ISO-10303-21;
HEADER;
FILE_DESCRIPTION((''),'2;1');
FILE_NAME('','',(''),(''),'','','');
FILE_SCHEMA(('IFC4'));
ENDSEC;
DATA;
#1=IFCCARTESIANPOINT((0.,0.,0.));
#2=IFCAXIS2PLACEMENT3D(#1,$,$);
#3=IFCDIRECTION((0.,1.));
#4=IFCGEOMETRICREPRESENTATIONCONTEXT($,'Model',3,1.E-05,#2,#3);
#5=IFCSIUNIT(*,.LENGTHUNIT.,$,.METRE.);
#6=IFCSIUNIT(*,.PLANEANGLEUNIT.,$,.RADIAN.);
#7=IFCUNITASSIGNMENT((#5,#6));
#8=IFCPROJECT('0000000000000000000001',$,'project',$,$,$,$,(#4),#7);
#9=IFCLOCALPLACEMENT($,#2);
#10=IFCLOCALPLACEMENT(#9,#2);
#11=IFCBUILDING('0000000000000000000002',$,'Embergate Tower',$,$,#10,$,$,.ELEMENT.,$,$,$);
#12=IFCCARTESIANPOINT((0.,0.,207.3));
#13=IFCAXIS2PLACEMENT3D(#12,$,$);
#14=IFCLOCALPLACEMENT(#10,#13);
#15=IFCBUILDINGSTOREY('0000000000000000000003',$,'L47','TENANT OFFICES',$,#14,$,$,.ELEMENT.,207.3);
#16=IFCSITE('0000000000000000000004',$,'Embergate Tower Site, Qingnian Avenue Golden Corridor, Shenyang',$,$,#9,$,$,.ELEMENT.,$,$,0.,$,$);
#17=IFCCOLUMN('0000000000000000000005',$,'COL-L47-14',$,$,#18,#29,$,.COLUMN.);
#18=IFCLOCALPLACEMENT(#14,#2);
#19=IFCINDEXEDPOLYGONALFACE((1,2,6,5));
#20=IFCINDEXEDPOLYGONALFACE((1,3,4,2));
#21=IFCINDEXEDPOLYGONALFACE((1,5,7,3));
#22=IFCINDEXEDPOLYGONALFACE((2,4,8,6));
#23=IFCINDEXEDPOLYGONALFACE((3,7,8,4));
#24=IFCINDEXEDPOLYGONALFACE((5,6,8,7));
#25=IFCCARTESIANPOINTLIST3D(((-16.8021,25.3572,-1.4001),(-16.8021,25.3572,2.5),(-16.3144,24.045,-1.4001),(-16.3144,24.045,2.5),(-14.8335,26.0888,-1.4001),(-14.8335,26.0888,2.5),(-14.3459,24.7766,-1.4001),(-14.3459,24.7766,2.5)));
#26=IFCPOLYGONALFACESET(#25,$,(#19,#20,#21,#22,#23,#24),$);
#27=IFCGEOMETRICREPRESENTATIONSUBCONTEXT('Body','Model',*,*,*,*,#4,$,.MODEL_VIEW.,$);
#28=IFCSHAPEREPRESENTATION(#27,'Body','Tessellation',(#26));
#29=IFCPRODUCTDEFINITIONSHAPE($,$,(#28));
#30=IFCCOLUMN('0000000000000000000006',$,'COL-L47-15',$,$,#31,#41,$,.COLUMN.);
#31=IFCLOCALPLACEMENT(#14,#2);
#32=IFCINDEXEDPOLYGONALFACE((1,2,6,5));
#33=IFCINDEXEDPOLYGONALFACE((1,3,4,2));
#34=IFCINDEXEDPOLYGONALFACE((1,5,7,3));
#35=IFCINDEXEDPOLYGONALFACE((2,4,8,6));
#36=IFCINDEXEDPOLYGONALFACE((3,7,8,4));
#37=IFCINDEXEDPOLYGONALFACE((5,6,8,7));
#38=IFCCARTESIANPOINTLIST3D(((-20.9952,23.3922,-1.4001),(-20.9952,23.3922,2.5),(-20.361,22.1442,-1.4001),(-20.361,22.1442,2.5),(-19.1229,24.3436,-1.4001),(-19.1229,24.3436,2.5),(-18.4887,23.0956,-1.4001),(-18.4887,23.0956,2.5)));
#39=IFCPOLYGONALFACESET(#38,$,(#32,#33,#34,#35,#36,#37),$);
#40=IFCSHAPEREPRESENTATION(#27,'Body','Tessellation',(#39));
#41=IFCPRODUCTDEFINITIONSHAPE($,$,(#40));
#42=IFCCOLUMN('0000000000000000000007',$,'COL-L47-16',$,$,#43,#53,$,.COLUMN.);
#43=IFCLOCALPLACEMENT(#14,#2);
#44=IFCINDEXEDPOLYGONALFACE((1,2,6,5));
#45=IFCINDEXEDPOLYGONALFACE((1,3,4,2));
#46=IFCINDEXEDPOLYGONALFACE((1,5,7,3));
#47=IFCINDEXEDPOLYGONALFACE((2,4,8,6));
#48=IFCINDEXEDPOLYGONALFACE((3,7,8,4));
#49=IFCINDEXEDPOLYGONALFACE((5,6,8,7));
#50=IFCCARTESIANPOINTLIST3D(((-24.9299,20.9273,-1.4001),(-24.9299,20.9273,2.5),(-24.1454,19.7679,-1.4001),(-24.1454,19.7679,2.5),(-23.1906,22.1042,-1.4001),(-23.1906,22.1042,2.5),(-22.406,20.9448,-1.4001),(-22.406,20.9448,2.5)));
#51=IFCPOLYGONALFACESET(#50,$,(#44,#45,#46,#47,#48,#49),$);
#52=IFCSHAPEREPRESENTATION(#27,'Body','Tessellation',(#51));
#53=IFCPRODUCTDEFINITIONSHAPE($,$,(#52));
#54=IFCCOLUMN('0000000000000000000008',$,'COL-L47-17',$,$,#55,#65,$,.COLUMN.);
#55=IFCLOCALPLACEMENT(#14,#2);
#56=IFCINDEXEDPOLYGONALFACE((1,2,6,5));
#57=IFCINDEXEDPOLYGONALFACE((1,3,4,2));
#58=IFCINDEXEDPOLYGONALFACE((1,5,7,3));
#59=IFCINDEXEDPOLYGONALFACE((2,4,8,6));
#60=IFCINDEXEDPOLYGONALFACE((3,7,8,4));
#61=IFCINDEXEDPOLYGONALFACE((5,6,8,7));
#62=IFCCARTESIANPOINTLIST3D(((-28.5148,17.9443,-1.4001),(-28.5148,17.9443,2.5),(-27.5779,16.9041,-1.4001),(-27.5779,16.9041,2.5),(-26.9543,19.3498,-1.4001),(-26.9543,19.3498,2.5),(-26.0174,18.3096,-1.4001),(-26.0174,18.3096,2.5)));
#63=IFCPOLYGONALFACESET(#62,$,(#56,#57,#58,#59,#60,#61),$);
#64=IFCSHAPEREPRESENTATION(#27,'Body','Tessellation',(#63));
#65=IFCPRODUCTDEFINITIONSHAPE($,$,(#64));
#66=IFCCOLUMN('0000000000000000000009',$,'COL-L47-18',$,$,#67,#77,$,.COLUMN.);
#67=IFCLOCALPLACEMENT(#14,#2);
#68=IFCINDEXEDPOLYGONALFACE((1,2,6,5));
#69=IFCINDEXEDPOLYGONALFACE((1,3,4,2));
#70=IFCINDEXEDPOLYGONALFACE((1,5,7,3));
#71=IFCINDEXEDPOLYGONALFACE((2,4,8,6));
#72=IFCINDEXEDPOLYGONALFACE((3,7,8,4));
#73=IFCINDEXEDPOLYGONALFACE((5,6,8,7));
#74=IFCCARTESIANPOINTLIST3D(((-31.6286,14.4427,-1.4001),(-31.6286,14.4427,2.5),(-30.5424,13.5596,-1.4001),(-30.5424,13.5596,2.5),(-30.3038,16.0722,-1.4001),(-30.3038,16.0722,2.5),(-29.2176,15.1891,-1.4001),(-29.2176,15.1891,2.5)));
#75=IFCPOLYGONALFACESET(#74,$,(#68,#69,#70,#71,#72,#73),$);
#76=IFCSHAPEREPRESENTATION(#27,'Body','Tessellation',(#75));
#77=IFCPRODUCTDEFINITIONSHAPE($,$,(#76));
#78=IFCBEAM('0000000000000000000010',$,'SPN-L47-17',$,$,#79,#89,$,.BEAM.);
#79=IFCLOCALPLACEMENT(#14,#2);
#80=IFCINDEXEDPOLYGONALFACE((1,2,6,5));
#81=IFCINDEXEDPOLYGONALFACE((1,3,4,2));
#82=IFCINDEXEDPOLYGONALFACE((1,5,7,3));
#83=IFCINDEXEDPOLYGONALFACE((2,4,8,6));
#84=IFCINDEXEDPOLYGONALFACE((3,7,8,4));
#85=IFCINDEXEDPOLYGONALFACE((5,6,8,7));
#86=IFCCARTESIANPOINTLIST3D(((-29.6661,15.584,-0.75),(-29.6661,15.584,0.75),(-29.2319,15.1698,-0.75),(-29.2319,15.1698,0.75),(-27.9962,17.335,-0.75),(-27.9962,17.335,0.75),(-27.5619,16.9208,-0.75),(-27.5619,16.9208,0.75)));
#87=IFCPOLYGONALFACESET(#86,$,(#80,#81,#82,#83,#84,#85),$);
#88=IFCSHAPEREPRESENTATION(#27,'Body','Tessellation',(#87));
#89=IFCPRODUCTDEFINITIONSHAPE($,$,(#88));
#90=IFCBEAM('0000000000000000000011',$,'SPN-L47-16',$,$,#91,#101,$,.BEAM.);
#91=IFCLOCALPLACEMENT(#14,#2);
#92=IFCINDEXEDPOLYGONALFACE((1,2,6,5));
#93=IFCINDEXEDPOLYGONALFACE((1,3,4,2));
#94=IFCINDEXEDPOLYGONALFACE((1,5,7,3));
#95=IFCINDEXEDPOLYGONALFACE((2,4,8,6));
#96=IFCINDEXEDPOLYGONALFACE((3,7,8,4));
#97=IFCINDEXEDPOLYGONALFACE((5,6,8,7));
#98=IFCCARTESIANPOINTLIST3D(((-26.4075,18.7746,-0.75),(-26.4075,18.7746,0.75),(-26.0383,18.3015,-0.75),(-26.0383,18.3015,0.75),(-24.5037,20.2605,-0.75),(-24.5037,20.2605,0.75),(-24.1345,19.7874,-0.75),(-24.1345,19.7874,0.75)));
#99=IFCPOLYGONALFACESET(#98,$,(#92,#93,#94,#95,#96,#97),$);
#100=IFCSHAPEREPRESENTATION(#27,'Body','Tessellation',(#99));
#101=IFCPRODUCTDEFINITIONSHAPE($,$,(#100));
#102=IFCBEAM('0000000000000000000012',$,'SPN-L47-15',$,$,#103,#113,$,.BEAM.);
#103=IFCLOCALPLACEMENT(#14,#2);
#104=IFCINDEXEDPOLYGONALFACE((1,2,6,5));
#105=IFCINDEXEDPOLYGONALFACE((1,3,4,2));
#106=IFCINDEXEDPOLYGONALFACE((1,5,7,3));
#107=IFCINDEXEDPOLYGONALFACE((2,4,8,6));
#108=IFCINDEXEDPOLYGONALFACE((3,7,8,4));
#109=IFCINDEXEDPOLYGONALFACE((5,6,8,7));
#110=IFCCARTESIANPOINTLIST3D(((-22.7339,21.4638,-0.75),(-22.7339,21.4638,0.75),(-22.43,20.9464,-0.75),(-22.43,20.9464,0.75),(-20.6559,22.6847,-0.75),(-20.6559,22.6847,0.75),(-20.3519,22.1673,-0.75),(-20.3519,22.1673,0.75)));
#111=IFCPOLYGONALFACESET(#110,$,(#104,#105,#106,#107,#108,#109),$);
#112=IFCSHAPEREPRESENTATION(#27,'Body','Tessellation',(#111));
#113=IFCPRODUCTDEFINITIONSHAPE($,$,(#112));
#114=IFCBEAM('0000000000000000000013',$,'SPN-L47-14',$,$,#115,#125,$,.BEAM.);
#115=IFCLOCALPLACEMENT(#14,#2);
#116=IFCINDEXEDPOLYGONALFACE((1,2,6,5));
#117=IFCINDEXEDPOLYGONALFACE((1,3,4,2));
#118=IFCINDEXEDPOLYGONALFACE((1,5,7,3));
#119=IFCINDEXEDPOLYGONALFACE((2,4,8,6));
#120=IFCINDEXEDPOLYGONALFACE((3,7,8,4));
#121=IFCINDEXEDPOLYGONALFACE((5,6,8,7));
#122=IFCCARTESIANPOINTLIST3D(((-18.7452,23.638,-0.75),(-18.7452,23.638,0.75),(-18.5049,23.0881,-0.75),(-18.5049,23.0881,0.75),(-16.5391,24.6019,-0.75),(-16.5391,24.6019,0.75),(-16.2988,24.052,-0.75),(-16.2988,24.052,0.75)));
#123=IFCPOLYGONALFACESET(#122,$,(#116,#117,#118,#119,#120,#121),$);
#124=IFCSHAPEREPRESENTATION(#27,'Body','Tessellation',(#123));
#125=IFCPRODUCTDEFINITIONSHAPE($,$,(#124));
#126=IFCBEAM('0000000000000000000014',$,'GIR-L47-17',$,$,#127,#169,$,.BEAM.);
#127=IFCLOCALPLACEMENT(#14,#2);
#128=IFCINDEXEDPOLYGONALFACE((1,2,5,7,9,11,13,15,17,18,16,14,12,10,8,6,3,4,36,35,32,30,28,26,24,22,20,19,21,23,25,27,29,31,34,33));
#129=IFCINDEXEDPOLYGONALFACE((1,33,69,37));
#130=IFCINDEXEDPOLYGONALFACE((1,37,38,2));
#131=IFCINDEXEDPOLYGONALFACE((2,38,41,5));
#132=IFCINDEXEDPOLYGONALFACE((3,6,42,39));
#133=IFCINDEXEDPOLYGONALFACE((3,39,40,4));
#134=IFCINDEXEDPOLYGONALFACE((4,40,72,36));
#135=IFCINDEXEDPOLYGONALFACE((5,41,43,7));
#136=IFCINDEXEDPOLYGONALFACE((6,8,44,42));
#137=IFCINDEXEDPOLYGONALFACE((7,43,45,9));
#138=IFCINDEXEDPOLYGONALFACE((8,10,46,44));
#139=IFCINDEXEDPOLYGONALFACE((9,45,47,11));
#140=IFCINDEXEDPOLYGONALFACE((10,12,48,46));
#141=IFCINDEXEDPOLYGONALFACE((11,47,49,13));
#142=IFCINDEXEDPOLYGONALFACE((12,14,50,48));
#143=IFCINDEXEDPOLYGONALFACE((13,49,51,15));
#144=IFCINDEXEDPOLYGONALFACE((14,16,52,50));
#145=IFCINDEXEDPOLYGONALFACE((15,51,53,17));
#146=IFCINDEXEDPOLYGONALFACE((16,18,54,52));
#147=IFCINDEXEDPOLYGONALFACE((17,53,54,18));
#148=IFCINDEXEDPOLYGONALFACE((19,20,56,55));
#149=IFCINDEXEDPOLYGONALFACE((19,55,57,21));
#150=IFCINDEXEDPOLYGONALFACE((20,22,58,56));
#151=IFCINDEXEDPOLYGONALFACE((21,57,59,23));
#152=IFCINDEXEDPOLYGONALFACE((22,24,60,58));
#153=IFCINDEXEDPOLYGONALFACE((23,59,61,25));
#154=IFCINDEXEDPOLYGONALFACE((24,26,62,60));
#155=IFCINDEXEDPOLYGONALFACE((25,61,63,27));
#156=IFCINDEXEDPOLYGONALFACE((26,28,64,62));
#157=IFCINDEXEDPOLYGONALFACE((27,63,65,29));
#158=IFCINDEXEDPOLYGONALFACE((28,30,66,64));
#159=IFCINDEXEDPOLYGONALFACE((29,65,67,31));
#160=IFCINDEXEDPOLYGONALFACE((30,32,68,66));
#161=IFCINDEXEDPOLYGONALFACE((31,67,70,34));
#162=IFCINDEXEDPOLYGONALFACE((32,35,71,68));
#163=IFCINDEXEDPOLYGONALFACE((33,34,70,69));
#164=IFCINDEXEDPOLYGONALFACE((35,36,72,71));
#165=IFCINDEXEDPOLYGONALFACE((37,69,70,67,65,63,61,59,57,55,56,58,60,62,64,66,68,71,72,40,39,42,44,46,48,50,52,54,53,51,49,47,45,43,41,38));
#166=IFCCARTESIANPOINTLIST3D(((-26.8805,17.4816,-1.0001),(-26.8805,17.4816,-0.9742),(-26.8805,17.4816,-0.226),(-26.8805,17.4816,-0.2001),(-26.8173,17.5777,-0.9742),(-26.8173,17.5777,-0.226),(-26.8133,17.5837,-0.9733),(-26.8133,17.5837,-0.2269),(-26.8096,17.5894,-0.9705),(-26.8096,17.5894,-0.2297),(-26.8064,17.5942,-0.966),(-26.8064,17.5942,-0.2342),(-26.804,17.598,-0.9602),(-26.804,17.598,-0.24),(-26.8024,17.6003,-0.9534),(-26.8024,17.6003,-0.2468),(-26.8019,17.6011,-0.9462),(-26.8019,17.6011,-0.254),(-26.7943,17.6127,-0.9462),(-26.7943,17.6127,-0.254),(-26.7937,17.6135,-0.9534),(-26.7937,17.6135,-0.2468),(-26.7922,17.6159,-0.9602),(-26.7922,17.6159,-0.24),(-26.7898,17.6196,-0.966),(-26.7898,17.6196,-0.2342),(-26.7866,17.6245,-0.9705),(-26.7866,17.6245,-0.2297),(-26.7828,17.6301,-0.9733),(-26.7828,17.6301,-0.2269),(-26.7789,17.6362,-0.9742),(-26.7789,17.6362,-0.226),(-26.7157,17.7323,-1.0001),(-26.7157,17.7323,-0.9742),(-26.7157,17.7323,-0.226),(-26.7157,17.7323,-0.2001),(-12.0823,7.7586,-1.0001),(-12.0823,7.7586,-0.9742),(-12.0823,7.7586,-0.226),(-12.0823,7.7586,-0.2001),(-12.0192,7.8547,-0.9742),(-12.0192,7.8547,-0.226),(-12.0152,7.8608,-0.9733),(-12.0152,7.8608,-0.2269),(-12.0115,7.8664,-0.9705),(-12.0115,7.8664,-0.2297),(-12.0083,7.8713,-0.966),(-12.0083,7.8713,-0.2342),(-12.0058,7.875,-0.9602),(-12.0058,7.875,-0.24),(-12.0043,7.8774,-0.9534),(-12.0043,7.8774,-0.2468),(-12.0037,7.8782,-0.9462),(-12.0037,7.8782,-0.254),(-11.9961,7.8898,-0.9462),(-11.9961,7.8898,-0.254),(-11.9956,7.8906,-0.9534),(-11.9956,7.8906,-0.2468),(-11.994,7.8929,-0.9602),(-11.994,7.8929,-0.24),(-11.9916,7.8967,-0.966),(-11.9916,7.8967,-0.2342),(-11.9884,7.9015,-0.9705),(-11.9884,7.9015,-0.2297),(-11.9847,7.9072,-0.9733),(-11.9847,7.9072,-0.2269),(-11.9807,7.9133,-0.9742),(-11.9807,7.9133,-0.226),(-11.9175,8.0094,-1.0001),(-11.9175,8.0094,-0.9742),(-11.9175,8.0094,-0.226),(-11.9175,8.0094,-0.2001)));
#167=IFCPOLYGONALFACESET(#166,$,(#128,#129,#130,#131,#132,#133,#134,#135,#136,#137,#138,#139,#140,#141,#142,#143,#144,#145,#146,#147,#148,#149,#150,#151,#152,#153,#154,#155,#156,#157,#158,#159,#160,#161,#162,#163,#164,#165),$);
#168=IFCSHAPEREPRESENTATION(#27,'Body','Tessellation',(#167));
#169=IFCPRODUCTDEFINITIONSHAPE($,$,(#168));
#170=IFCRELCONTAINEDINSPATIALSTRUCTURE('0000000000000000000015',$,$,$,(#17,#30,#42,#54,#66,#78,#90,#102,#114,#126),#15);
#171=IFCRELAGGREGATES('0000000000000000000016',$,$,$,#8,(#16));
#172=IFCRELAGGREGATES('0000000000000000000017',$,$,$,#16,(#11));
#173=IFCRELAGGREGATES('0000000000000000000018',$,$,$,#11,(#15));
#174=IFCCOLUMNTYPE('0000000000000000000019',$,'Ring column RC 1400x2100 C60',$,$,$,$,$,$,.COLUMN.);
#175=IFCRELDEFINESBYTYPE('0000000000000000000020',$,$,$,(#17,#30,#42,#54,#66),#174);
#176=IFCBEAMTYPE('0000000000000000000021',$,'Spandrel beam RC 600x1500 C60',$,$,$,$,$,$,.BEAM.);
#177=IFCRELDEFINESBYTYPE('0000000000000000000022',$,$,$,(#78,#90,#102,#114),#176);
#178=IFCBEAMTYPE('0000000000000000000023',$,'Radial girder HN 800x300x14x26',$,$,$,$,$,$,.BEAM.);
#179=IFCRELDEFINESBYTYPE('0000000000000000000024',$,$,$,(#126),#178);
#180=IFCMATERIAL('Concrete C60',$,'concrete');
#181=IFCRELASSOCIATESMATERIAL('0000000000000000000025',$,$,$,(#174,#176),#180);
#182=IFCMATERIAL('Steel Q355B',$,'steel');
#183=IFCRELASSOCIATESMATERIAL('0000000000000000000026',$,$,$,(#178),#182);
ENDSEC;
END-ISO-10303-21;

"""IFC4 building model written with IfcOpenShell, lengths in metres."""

from ifc_helpers import new_model, si_unit, direction, frame, origin, origin_2d, place, context, subcontext, project, spatial, rectangle, i_section, extrude, source, transform, mapped, material, material_profile, profile_set, type_object, element, save


model = new_model("IFC4")

# Units and contexts
model_context = context("Model", 3, precision=1e-05, world=origin(), true_north=direction((0.0, 1.0)))
body_context = subcontext(model_context, "Body", "Model", "MODEL_VIEW")
ifc_project = project(units=[si_unit("LENGTHUNIT", "METRE"), si_unit("PLANEANGLEUNIT", "RADIAN")], contexts=[model_context])

# Site, building, storey
site_placement = place(None, origin())
site = spatial("IfcSite", under=ifc_project, at=site_placement, Name="Embergate Tower Site, Qingnian Avenue Golden Corridor, Shenyang", CompositionType="ELEMENT", RefElevation=0.0)
building_placement = place(site_placement, origin())
building = spatial("IfcBuilding", under=site, at=building_placement, Name="Embergate Tower", CompositionType="ELEMENT")
storey_placement = place(building_placement, frame((0.0, 0.0, 207.3)))
storey = spatial("IfcBuildingStorey", under=building, at=storey_placement, Name="L47", Description="TENANT OFFICES", CompositionType="ELEMENT", Elevation=207.3)

# Columns
ifc_material_1 = material(Name="Concrete C60", Category="concrete")
ifc_material_profile_1 = material_profile(ifc_material_1, rectangle(XDim=1.3999, YDim=2.1001, at=origin_2d()), Name="RC 1400x2100")
ifc_profile_set_1 = profile_set([ifc_material_profile_1], Name="Concrete C60")
column_type = type_object("IfcColumnType", Name="Ring column RC 1400x2100 C60", PredefinedType="COLUMN", material=ifc_profile_set_1)
shared_shape_1 = source(origin(), body_context, "Body", "SweptSolid", [
    extrude(rectangle(XDim=1.3999, YDim=2.1001, at=origin_2d()), origin(), (0.0, 0.0, 1.0), 3.9001),
])
for number, where, z_axis, x_axis, name in (
    (1, (-15.574, 25.0669, -1.4001), (0.0, 0.0, 1.0), (-0.348359, 0.937361, 0.0), "COL-L47-14"),
    (2, (-19.7419, 23.2439, -1.4001), (0.0, 0.0, 1.0), (-0.453011, 0.891505, 0.0), "COL-L47-15"),
    (3, (-23.668, 20.936, -1.4001), (0.0, 0.0, 1.0), (-0.560408, 0.828217, 0.0), "COL-L47-16"),
    (4, (-27.2661, 18.127, -1.4001), (0.0, 0.0, 1.0), (-0.669221, 0.743063, 0.0), "COL-L47-17"),
    (5, (-30.4231, 14.8159, -1.4001), (0.0, 0.0, 1.0), (-0.775925, 0.630825, 0.0), "COL-L47-18"),
):
    element("IfcColumn", number, at=place(storey_placement, frame(where, z_axis=z_axis, x_axis=x_axis)), inside=storey, type_object=column_type, Name=name, PredefinedType="COLUMN", context=body_context, shape_type="MappedRepresentation", body=[
        mapped(shared_shape_1, transform((0.0, 0.0, 0.0))),
    ])

# Beams
ifc_material_profile_2 = material_profile(ifc_material_1, rectangle(XDim=0.6001, YDim=1.5, at=origin_2d()), Name="RC 600x1500")
ifc_profile_set_2 = profile_set([ifc_material_profile_2], Name="Concrete C60")
beam_type_1 = type_object("IfcBeamType", Name="Spandrel beam RC 600x1500 C60", PredefinedType="BEAM", material=ifc_profile_set_2)
shared_shape_2 = source(origin(), body_context, "Body", "SweptSolid", [
    extrude(rectangle(XDim=0.6001, YDim=1.5, at=origin_2d()), origin(), (0.0, 0.0, 1.0), 2.4197),
])
beam_1_placement = place(storey_placement, frame((-27.7791, 17.1279, 0.0), z_axis=(-0.690159, -0.723658, 0.0), x_axis=(0.723658, -0.690159, 0.0)))
element("IfcBeam", 6, at=beam_1_placement, inside=storey, type_object=beam_type_1, Name="SPN-L47-17", PredefinedType="BEAM", context=body_context, shape_type="MappedRepresentation", body=[
    mapped(shared_shape_2, transform((0.0, 0.0, 0.0))),
])
shared_shape_3 = source(origin(), body_context, "Body", "SweptSolid", [
    extrude(rectangle(XDim=0.6001, YDim=1.5, at=origin_2d()), origin(), (0.0, 0.0, 1.0), 2.415),
])
beam_2_placement = place(storey_placement, frame((-24.3191, 20.0239, 0.0), z_axis=(-0.788328, -0.615256, 0.0), x_axis=(0.615256, -0.788328, 0.0)))
element("IfcBeam", 7, at=beam_2_placement, inside=storey, type_object=beam_type_1, Name="SPN-L47-16", PredefinedType="BEAM", context=body_context, shape_type="MappedRepresentation", body=[
    mapped(shared_shape_3, transform((0.0, 0.0, 0.0))),
])
shared_shape_4 = source(origin(), body_context, "Body", "SweptSolid", [
    extrude(rectangle(XDim=0.6001, YDim=1.5, at=origin_2d()), origin(), (0.0, 0.0, 1.0), 2.4102),
])
beam_3_placement = place(storey_placement, frame((-20.5039, 22.426, 0.0), z_axis=(-0.862202, -0.506564, 0.0), x_axis=(0.506564, -0.862202, 0.0)))
element("IfcBeam", 8, at=beam_3_placement, inside=storey, type_object=beam_type_1, Name="SPN-L47-15", PredefinedType="BEAM", context=body_context, shape_type="MappedRepresentation", body=[
    mapped(shared_shape_4, transform((0.0, 0.0, 0.0))),
])
shared_shape_5 = source(origin(), body_context, "Body", "SweptSolid", [
    extrude(rectangle(XDim=0.6001, YDim=1.5, at=origin_2d()), origin(), (0.0, 0.0, 1.0), 2.4075),
])
beam_4_placement = place(storey_placement, frame((-16.4189, 24.3269, 0.0), z_axis=(-0.916353, -0.400372, 0.0), x_axis=(0.400372, -0.916353, 0.0)))
element("IfcBeam", 9, at=beam_4_placement, inside=storey, type_object=beam_type_1, Name="SPN-L47-14", PredefinedType="BEAM", context=body_context, shape_type="MappedRepresentation", body=[
    mapped(shared_shape_5, transform((0.0, 0.0, 0.0))),
])
ifc_material_2 = material(Name="Steel Q355B", Category="steel")
ifc_material_profile_3 = material_profile(ifc_material_2, i_section(OverallWidth=0.3, OverallDepth=0.8, WebThickness=0.0139, FlangeThickness=0.0259, FilletRadius=0.0281, at=origin_2d()), Name="HN 800x300x14x26")
ifc_profile_set_3 = profile_set([ifc_material_profile_3], Name="Steel Q355 grade B")
beam_type_2 = type_object("IfcBeamType", Name="Radial girder HN 800x300x14x26", PredefinedType="BEAM", material=ifc_profile_set_3)
shared_shape_6 = source(origin(), body_context, "Body", "SweptSolid", [
    extrude(i_section(OverallWidth=0.3, OverallDepth=0.8, WebThickness=0.0139, FlangeThickness=0.0259, FilletRadius=0.0281, at=origin_2d()), origin(), (0.0, 0.0, 1.0), 17.7065),
])
beam_5_placement = place(storey_placement, frame((-26.7981, 17.6069, -0.6001), z_axis=(0.835746, -0.549116, 0.0), x_axis=(0.549116, 0.835746, 0.0)))
element("IfcBeam", 10, at=beam_5_placement, inside=storey, type_object=beam_type_2, Name="GIR-L47-17", PredefinedType="BEAM", context=body_context, shape_type="MappedRepresentation", body=[
    mapped(shared_shape_6, transform((0.0, 0.0, 0.0))),
])

save(model, "model.ifc")
